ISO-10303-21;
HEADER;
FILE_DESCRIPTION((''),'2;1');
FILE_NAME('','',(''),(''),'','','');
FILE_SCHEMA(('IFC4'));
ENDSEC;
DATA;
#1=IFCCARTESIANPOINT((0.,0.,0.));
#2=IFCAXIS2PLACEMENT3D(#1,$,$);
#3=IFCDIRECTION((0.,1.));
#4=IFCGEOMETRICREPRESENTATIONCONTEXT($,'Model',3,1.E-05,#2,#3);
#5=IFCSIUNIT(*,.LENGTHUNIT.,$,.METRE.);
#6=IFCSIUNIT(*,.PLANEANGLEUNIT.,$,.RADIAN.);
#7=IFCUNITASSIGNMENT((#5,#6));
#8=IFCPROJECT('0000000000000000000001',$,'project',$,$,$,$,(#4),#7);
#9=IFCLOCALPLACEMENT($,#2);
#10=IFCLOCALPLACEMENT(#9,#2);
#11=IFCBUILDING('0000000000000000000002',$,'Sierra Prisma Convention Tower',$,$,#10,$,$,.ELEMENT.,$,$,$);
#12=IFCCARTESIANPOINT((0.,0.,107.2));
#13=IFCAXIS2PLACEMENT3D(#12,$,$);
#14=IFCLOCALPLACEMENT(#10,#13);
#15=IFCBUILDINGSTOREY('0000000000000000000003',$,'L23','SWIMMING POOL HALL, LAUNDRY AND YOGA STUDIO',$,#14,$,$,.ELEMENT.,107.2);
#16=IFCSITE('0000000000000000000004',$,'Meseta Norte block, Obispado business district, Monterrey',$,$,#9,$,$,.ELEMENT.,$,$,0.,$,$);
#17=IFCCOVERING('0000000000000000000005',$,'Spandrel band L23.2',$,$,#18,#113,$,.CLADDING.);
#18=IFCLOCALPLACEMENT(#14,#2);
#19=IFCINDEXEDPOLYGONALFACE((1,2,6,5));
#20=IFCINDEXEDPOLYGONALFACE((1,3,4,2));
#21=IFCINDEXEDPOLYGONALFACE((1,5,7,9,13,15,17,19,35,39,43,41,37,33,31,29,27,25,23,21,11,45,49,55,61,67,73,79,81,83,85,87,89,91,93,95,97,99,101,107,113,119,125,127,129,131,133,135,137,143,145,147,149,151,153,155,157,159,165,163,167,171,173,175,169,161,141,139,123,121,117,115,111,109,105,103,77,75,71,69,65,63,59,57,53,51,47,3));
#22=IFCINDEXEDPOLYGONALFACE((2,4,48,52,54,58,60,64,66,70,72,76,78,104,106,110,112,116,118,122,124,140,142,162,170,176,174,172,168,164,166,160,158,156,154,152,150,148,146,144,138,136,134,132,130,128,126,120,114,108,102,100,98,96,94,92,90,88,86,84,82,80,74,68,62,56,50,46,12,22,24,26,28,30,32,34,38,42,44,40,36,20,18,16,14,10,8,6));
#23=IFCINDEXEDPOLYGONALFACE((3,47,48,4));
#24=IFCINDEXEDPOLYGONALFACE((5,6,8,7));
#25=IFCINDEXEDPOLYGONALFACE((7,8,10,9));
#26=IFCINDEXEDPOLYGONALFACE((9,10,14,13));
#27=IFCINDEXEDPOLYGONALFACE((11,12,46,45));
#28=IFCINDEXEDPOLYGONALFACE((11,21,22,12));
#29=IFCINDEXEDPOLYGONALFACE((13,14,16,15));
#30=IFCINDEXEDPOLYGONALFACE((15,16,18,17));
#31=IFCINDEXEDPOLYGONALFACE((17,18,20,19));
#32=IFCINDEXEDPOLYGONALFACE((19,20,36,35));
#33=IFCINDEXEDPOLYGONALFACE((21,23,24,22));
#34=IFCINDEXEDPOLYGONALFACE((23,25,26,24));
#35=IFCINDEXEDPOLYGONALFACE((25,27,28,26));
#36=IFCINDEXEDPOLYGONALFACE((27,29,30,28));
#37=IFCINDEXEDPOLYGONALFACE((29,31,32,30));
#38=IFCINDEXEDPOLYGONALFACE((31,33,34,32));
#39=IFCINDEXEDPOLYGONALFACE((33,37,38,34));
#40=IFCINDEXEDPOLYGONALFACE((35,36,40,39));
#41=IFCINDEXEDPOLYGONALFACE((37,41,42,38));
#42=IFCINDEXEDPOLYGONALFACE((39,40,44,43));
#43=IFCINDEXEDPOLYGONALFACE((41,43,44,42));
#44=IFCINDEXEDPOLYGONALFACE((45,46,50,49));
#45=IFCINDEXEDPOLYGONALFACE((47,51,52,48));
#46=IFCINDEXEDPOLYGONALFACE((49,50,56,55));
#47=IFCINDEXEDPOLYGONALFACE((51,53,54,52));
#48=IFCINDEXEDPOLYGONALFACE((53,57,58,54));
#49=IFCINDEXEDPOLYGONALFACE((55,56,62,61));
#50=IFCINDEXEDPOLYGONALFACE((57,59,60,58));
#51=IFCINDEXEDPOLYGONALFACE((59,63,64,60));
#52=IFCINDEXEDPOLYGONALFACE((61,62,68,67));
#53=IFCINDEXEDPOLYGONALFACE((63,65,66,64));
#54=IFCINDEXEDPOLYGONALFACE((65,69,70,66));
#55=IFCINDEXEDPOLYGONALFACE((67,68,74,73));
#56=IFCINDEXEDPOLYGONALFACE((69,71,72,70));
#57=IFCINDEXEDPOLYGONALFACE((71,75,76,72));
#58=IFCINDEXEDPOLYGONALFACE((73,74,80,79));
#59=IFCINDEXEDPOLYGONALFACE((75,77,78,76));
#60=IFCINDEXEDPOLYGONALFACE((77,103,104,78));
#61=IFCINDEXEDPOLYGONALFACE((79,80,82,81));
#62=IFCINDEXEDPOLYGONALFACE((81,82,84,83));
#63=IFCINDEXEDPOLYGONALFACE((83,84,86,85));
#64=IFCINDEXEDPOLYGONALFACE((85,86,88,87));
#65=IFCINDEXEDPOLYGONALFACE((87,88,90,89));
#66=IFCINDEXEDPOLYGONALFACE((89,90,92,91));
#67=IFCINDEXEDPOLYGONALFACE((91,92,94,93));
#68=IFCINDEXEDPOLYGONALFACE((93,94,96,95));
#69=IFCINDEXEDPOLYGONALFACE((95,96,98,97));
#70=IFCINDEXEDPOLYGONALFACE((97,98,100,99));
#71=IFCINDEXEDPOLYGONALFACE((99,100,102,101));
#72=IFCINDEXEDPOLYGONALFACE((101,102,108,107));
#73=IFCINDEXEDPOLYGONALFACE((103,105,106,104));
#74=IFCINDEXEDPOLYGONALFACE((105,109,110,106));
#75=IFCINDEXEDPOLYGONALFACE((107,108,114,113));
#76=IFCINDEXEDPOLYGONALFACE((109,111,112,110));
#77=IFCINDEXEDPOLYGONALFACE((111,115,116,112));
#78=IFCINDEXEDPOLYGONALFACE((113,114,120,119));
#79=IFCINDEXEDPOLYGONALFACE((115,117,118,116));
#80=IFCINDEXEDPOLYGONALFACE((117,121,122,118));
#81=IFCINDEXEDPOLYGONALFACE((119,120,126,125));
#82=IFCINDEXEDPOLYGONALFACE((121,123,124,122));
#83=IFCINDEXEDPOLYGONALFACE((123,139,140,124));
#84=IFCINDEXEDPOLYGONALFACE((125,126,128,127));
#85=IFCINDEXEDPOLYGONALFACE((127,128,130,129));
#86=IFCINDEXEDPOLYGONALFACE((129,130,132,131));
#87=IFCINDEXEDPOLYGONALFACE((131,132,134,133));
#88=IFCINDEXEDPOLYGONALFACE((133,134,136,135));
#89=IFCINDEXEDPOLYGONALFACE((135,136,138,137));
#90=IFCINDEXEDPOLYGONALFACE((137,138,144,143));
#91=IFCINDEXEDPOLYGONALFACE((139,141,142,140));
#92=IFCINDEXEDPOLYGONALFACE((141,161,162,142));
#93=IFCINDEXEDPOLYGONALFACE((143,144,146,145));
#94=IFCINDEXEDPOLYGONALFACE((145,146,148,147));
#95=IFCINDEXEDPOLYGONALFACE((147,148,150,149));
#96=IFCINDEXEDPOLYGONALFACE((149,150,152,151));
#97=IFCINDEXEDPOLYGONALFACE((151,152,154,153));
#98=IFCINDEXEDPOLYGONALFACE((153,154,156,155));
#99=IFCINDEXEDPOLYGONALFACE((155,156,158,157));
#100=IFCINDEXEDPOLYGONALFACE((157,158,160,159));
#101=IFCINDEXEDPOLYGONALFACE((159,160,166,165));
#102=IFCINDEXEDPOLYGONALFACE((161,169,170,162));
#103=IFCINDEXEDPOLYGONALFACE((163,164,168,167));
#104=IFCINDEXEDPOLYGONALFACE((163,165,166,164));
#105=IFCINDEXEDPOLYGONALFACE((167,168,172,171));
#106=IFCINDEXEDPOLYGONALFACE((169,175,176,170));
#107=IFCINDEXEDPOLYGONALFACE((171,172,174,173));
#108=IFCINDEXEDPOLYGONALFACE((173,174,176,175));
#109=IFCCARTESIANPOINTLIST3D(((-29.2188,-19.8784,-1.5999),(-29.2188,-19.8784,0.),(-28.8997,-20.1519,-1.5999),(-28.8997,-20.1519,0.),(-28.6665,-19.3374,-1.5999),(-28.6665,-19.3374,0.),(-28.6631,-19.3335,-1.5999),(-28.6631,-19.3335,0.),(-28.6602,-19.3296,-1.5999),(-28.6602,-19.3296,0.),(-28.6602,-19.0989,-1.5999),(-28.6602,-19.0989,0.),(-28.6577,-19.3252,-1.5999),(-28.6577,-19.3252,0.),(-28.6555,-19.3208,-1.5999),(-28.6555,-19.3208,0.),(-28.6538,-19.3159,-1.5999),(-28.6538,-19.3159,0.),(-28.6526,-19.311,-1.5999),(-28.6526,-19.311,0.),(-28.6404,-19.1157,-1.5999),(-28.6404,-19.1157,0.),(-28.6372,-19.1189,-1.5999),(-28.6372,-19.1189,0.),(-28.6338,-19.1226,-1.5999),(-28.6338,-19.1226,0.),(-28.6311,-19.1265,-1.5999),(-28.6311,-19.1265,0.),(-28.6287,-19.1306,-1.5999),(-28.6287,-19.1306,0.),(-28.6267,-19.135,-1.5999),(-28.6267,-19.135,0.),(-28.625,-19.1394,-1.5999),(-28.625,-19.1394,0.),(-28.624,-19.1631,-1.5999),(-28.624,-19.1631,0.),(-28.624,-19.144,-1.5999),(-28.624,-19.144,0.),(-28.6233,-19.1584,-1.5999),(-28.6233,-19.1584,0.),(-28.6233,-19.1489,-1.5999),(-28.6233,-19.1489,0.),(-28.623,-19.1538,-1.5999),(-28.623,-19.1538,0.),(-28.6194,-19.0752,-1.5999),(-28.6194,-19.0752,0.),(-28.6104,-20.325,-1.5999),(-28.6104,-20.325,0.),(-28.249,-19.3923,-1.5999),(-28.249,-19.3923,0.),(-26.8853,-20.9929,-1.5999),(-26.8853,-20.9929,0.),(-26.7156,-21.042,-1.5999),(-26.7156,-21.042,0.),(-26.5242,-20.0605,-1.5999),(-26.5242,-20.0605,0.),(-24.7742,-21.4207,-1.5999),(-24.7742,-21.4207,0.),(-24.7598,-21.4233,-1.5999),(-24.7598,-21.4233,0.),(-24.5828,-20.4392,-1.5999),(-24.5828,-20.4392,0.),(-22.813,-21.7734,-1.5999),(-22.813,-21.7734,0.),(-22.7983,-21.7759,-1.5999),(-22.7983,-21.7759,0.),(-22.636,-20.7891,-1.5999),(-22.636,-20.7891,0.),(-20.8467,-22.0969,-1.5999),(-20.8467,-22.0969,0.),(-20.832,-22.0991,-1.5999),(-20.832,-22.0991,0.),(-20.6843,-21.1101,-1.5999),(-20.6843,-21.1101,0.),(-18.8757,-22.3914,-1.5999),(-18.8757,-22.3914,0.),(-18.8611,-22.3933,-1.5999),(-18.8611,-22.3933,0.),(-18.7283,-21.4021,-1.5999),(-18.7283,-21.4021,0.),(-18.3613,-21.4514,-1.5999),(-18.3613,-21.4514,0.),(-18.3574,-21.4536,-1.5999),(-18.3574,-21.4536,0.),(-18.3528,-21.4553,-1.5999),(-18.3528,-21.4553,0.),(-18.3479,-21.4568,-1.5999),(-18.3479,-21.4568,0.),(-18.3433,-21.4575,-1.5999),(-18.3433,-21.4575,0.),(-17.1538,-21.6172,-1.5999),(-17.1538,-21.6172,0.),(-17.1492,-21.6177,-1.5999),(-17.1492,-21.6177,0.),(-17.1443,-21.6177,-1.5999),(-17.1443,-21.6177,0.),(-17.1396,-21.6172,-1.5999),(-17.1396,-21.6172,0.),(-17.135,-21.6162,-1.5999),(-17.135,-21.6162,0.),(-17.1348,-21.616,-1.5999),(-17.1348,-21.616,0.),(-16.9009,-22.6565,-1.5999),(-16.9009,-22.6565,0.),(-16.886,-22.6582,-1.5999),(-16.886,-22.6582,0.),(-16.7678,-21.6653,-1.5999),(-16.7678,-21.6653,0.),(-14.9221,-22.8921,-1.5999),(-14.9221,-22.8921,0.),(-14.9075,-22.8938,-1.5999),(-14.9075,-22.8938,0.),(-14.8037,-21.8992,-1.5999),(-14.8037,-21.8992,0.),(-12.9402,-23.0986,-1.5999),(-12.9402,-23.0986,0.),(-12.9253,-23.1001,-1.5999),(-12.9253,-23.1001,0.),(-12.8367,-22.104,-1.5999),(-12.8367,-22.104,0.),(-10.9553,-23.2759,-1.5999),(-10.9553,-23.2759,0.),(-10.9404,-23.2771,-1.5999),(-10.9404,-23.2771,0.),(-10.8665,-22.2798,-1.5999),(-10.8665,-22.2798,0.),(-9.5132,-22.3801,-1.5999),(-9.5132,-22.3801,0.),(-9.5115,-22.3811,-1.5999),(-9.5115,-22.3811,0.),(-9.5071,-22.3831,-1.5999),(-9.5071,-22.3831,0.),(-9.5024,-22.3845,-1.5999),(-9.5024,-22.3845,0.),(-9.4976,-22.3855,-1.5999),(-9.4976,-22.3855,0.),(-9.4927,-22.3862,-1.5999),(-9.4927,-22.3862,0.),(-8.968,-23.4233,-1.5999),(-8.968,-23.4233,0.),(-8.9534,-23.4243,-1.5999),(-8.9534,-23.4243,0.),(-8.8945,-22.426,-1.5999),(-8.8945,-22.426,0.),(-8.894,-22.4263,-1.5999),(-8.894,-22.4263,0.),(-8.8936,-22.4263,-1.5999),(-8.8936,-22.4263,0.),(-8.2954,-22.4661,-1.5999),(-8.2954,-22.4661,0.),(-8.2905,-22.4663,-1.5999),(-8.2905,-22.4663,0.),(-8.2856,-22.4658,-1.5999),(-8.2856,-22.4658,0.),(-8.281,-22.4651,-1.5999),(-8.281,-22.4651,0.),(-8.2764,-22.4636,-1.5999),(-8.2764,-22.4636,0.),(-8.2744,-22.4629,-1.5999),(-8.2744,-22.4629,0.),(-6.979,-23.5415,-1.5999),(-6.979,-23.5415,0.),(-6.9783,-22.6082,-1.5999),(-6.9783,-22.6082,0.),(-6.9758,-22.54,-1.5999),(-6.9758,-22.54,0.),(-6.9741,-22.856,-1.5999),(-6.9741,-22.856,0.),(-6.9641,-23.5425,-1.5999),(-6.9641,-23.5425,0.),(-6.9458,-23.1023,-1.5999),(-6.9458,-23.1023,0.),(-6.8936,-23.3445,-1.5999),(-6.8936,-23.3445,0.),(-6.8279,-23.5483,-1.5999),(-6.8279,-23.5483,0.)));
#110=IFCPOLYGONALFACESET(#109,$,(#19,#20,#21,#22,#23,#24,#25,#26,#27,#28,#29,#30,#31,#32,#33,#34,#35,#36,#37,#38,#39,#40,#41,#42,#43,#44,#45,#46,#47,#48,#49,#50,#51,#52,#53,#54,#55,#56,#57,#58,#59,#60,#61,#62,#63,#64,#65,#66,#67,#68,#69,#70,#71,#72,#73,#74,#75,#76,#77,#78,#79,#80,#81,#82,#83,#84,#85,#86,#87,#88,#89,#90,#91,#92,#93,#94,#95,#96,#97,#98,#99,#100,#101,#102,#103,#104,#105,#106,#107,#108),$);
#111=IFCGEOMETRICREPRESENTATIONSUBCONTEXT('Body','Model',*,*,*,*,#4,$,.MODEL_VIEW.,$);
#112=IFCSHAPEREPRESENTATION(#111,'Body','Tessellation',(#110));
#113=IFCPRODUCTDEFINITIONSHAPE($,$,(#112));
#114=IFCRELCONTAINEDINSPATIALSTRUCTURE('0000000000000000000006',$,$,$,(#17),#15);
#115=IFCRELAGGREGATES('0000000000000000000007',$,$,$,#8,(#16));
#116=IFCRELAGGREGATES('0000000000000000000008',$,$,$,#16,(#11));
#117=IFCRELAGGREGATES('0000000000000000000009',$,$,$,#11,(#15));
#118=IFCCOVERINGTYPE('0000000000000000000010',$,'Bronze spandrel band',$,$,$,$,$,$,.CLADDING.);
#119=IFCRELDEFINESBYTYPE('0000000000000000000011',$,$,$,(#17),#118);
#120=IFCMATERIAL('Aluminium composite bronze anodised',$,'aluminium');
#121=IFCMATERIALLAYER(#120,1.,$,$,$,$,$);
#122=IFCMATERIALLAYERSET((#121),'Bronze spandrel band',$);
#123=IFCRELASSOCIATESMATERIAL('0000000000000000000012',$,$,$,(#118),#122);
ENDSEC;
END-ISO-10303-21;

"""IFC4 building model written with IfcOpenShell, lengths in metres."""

from ifc_helpers import new_model, si_unit, direction, frame, origin, place, context, subcontext, project, spatial, polyline, outline, extrude, material, layer, layer_set, type_object, element, save


model = new_model("IFC4")

# Units and contexts
model_context = context("Model", 3, precision=1e-05, world=origin(), true_north=direction((0.0, 1.0)))
body_context = subcontext(model_context, "Body", "Model", "MODEL_VIEW")
ifc_project = project(units=[si_unit("LENGTHUNIT", "METRE"), si_unit("PLANEANGLEUNIT", "RADIAN")], contexts=[model_context])

# Site, building, storey
site_placement = place(None, origin())
site = spatial("IfcSite", under=ifc_project, at=site_placement, Name="Meseta Norte block, Obispado business district, Monterrey", CompositionType="ELEMENT", RefElevation=0.0)
building_placement = place(site_placement, origin())
building = spatial("IfcBuilding", under=site, at=building_placement, Name="Sierra Prisma Convention Tower", CompositionType="ELEMENT")
storey_placement = place(building_placement, frame((0.0, 0.0, 107.2)))
storey = spatial("IfcBuildingStorey", under=building, at=storey_placement, Name="L23", Description="SWIMMING POOL HALL, LAUNDRY AND YOGA STUDIO", CompositionType="ELEMENT", Elevation=107.2)

# Covering
ifc_material_1 = material(Name="Aluminium composite bronze anodised", Category="aluminium")
ifc_layer_1 = layer(ifc_material_1, 1.0)
ifc_layer_set_1 = layer_set([ifc_layer_1], Name="Bronze spandrel band")
covering_type_1 = type_object("IfcCoveringType", Name="Bronze spandrel band", PredefinedType="CLADDING", material=ifc_layer_set_1)
covering_1_placement = place(storey_placement, frame((0.0, 0.0, -1.5999)))
element("IfcCovering", 1, at=covering_1_placement, inside=storey, type_object=covering_type_1, Name="Spandrel band L23.2", PredefinedType="CLADDING", context=body_context, shape_type="SweptSolid", body=[
    extrude(outline(polyline([(-17.1538, -21.6172), (-17.1492, -21.6177), (-17.1443, -21.6177), (-17.1396, -21.6172), (-17.135, -21.6162), (-17.1348, -21.616), (-16.7678, -21.6653), (-14.8037, -21.8992), (-12.8367, -22.104), (-10.8665, -22.2798), (-9.5132, -22.3801), (-9.5115, -22.3811), (-9.5071, -22.3831), (-9.5024, -22.3845), (-9.4976, -22.3855), (-9.4927, -22.3862), (-8.8945, -22.426), (-8.894, -22.4263), (-8.8936, -22.4263), (-8.2954, -22.4661), (-8.2905, -22.4663), (-8.2856, -22.4658), (-8.281, -22.4651), (-8.2764, -22.4636), (-8.2744, -22.4629), (-6.9758, -22.54), (-6.9783, -22.6082), (-6.9741, -22.856), (-6.9458, -23.1023), (-6.8936, -23.3445), (-6.8279, -23.5483), (-6.9641, -23.5425), (-6.979, -23.5415), (-8.9534, -23.4243), (-8.968, -23.4233), (-10.9404, -23.2771), (-10.9553, -23.2759), (-12.9253, -23.1001), (-12.9402, -23.0986), (-14.9075, -22.8938), (-14.9221, -22.8921), (-16.886, -22.6582), (-16.9009, -22.6565), (-18.8611, -22.3933), (-18.8757, -22.3914), (-20.832, -22.0991), (-20.8467, -22.0969), (-22.7983, -21.7759), (-22.813, -21.7734), (-24.7598, -21.4233), (-24.7742, -21.4207), (-26.7156, -21.042), (-26.8853, -20.9929), (-28.6104, -20.325), (-28.8997, -20.1519), (-29.2188, -19.8784), (-28.6665, -19.3374), (-28.6631, -19.3335), (-28.6602, -19.3296), (-28.6577, -19.3252), (-28.6555, -19.3208), (-28.6538, -19.3159), (-28.6526, -19.311), (-28.624, -19.1631), (-28.6233, -19.1584), (-28.623, -19.1538), (-28.6233, -19.1489), (-28.624, -19.144), (-28.625, -19.1394), (-28.6267, -19.135), (-28.6287, -19.1306), (-28.6311, -19.1265), (-28.6338, -19.1226), (-28.6372, -19.1189), (-28.6404, -19.1157), (-28.6602, -19.0989), (-28.6194, -19.0752), (-28.249, -19.3923), (-26.5242, -20.0605), (-24.5828, -20.4392), (-22.636, -20.7891), (-20.6843, -21.1101), (-18.7283, -21.4021), (-18.3613, -21.4514), (-18.3574, -21.4536), (-18.3528, -21.4553), (-18.3479, -21.4568), (-18.3433, -21.4575), (-17.1538, -21.6172)])), origin(), (0.0, 0.0, 1.0), 1.5999),
])

save(model, "model.ifc")
